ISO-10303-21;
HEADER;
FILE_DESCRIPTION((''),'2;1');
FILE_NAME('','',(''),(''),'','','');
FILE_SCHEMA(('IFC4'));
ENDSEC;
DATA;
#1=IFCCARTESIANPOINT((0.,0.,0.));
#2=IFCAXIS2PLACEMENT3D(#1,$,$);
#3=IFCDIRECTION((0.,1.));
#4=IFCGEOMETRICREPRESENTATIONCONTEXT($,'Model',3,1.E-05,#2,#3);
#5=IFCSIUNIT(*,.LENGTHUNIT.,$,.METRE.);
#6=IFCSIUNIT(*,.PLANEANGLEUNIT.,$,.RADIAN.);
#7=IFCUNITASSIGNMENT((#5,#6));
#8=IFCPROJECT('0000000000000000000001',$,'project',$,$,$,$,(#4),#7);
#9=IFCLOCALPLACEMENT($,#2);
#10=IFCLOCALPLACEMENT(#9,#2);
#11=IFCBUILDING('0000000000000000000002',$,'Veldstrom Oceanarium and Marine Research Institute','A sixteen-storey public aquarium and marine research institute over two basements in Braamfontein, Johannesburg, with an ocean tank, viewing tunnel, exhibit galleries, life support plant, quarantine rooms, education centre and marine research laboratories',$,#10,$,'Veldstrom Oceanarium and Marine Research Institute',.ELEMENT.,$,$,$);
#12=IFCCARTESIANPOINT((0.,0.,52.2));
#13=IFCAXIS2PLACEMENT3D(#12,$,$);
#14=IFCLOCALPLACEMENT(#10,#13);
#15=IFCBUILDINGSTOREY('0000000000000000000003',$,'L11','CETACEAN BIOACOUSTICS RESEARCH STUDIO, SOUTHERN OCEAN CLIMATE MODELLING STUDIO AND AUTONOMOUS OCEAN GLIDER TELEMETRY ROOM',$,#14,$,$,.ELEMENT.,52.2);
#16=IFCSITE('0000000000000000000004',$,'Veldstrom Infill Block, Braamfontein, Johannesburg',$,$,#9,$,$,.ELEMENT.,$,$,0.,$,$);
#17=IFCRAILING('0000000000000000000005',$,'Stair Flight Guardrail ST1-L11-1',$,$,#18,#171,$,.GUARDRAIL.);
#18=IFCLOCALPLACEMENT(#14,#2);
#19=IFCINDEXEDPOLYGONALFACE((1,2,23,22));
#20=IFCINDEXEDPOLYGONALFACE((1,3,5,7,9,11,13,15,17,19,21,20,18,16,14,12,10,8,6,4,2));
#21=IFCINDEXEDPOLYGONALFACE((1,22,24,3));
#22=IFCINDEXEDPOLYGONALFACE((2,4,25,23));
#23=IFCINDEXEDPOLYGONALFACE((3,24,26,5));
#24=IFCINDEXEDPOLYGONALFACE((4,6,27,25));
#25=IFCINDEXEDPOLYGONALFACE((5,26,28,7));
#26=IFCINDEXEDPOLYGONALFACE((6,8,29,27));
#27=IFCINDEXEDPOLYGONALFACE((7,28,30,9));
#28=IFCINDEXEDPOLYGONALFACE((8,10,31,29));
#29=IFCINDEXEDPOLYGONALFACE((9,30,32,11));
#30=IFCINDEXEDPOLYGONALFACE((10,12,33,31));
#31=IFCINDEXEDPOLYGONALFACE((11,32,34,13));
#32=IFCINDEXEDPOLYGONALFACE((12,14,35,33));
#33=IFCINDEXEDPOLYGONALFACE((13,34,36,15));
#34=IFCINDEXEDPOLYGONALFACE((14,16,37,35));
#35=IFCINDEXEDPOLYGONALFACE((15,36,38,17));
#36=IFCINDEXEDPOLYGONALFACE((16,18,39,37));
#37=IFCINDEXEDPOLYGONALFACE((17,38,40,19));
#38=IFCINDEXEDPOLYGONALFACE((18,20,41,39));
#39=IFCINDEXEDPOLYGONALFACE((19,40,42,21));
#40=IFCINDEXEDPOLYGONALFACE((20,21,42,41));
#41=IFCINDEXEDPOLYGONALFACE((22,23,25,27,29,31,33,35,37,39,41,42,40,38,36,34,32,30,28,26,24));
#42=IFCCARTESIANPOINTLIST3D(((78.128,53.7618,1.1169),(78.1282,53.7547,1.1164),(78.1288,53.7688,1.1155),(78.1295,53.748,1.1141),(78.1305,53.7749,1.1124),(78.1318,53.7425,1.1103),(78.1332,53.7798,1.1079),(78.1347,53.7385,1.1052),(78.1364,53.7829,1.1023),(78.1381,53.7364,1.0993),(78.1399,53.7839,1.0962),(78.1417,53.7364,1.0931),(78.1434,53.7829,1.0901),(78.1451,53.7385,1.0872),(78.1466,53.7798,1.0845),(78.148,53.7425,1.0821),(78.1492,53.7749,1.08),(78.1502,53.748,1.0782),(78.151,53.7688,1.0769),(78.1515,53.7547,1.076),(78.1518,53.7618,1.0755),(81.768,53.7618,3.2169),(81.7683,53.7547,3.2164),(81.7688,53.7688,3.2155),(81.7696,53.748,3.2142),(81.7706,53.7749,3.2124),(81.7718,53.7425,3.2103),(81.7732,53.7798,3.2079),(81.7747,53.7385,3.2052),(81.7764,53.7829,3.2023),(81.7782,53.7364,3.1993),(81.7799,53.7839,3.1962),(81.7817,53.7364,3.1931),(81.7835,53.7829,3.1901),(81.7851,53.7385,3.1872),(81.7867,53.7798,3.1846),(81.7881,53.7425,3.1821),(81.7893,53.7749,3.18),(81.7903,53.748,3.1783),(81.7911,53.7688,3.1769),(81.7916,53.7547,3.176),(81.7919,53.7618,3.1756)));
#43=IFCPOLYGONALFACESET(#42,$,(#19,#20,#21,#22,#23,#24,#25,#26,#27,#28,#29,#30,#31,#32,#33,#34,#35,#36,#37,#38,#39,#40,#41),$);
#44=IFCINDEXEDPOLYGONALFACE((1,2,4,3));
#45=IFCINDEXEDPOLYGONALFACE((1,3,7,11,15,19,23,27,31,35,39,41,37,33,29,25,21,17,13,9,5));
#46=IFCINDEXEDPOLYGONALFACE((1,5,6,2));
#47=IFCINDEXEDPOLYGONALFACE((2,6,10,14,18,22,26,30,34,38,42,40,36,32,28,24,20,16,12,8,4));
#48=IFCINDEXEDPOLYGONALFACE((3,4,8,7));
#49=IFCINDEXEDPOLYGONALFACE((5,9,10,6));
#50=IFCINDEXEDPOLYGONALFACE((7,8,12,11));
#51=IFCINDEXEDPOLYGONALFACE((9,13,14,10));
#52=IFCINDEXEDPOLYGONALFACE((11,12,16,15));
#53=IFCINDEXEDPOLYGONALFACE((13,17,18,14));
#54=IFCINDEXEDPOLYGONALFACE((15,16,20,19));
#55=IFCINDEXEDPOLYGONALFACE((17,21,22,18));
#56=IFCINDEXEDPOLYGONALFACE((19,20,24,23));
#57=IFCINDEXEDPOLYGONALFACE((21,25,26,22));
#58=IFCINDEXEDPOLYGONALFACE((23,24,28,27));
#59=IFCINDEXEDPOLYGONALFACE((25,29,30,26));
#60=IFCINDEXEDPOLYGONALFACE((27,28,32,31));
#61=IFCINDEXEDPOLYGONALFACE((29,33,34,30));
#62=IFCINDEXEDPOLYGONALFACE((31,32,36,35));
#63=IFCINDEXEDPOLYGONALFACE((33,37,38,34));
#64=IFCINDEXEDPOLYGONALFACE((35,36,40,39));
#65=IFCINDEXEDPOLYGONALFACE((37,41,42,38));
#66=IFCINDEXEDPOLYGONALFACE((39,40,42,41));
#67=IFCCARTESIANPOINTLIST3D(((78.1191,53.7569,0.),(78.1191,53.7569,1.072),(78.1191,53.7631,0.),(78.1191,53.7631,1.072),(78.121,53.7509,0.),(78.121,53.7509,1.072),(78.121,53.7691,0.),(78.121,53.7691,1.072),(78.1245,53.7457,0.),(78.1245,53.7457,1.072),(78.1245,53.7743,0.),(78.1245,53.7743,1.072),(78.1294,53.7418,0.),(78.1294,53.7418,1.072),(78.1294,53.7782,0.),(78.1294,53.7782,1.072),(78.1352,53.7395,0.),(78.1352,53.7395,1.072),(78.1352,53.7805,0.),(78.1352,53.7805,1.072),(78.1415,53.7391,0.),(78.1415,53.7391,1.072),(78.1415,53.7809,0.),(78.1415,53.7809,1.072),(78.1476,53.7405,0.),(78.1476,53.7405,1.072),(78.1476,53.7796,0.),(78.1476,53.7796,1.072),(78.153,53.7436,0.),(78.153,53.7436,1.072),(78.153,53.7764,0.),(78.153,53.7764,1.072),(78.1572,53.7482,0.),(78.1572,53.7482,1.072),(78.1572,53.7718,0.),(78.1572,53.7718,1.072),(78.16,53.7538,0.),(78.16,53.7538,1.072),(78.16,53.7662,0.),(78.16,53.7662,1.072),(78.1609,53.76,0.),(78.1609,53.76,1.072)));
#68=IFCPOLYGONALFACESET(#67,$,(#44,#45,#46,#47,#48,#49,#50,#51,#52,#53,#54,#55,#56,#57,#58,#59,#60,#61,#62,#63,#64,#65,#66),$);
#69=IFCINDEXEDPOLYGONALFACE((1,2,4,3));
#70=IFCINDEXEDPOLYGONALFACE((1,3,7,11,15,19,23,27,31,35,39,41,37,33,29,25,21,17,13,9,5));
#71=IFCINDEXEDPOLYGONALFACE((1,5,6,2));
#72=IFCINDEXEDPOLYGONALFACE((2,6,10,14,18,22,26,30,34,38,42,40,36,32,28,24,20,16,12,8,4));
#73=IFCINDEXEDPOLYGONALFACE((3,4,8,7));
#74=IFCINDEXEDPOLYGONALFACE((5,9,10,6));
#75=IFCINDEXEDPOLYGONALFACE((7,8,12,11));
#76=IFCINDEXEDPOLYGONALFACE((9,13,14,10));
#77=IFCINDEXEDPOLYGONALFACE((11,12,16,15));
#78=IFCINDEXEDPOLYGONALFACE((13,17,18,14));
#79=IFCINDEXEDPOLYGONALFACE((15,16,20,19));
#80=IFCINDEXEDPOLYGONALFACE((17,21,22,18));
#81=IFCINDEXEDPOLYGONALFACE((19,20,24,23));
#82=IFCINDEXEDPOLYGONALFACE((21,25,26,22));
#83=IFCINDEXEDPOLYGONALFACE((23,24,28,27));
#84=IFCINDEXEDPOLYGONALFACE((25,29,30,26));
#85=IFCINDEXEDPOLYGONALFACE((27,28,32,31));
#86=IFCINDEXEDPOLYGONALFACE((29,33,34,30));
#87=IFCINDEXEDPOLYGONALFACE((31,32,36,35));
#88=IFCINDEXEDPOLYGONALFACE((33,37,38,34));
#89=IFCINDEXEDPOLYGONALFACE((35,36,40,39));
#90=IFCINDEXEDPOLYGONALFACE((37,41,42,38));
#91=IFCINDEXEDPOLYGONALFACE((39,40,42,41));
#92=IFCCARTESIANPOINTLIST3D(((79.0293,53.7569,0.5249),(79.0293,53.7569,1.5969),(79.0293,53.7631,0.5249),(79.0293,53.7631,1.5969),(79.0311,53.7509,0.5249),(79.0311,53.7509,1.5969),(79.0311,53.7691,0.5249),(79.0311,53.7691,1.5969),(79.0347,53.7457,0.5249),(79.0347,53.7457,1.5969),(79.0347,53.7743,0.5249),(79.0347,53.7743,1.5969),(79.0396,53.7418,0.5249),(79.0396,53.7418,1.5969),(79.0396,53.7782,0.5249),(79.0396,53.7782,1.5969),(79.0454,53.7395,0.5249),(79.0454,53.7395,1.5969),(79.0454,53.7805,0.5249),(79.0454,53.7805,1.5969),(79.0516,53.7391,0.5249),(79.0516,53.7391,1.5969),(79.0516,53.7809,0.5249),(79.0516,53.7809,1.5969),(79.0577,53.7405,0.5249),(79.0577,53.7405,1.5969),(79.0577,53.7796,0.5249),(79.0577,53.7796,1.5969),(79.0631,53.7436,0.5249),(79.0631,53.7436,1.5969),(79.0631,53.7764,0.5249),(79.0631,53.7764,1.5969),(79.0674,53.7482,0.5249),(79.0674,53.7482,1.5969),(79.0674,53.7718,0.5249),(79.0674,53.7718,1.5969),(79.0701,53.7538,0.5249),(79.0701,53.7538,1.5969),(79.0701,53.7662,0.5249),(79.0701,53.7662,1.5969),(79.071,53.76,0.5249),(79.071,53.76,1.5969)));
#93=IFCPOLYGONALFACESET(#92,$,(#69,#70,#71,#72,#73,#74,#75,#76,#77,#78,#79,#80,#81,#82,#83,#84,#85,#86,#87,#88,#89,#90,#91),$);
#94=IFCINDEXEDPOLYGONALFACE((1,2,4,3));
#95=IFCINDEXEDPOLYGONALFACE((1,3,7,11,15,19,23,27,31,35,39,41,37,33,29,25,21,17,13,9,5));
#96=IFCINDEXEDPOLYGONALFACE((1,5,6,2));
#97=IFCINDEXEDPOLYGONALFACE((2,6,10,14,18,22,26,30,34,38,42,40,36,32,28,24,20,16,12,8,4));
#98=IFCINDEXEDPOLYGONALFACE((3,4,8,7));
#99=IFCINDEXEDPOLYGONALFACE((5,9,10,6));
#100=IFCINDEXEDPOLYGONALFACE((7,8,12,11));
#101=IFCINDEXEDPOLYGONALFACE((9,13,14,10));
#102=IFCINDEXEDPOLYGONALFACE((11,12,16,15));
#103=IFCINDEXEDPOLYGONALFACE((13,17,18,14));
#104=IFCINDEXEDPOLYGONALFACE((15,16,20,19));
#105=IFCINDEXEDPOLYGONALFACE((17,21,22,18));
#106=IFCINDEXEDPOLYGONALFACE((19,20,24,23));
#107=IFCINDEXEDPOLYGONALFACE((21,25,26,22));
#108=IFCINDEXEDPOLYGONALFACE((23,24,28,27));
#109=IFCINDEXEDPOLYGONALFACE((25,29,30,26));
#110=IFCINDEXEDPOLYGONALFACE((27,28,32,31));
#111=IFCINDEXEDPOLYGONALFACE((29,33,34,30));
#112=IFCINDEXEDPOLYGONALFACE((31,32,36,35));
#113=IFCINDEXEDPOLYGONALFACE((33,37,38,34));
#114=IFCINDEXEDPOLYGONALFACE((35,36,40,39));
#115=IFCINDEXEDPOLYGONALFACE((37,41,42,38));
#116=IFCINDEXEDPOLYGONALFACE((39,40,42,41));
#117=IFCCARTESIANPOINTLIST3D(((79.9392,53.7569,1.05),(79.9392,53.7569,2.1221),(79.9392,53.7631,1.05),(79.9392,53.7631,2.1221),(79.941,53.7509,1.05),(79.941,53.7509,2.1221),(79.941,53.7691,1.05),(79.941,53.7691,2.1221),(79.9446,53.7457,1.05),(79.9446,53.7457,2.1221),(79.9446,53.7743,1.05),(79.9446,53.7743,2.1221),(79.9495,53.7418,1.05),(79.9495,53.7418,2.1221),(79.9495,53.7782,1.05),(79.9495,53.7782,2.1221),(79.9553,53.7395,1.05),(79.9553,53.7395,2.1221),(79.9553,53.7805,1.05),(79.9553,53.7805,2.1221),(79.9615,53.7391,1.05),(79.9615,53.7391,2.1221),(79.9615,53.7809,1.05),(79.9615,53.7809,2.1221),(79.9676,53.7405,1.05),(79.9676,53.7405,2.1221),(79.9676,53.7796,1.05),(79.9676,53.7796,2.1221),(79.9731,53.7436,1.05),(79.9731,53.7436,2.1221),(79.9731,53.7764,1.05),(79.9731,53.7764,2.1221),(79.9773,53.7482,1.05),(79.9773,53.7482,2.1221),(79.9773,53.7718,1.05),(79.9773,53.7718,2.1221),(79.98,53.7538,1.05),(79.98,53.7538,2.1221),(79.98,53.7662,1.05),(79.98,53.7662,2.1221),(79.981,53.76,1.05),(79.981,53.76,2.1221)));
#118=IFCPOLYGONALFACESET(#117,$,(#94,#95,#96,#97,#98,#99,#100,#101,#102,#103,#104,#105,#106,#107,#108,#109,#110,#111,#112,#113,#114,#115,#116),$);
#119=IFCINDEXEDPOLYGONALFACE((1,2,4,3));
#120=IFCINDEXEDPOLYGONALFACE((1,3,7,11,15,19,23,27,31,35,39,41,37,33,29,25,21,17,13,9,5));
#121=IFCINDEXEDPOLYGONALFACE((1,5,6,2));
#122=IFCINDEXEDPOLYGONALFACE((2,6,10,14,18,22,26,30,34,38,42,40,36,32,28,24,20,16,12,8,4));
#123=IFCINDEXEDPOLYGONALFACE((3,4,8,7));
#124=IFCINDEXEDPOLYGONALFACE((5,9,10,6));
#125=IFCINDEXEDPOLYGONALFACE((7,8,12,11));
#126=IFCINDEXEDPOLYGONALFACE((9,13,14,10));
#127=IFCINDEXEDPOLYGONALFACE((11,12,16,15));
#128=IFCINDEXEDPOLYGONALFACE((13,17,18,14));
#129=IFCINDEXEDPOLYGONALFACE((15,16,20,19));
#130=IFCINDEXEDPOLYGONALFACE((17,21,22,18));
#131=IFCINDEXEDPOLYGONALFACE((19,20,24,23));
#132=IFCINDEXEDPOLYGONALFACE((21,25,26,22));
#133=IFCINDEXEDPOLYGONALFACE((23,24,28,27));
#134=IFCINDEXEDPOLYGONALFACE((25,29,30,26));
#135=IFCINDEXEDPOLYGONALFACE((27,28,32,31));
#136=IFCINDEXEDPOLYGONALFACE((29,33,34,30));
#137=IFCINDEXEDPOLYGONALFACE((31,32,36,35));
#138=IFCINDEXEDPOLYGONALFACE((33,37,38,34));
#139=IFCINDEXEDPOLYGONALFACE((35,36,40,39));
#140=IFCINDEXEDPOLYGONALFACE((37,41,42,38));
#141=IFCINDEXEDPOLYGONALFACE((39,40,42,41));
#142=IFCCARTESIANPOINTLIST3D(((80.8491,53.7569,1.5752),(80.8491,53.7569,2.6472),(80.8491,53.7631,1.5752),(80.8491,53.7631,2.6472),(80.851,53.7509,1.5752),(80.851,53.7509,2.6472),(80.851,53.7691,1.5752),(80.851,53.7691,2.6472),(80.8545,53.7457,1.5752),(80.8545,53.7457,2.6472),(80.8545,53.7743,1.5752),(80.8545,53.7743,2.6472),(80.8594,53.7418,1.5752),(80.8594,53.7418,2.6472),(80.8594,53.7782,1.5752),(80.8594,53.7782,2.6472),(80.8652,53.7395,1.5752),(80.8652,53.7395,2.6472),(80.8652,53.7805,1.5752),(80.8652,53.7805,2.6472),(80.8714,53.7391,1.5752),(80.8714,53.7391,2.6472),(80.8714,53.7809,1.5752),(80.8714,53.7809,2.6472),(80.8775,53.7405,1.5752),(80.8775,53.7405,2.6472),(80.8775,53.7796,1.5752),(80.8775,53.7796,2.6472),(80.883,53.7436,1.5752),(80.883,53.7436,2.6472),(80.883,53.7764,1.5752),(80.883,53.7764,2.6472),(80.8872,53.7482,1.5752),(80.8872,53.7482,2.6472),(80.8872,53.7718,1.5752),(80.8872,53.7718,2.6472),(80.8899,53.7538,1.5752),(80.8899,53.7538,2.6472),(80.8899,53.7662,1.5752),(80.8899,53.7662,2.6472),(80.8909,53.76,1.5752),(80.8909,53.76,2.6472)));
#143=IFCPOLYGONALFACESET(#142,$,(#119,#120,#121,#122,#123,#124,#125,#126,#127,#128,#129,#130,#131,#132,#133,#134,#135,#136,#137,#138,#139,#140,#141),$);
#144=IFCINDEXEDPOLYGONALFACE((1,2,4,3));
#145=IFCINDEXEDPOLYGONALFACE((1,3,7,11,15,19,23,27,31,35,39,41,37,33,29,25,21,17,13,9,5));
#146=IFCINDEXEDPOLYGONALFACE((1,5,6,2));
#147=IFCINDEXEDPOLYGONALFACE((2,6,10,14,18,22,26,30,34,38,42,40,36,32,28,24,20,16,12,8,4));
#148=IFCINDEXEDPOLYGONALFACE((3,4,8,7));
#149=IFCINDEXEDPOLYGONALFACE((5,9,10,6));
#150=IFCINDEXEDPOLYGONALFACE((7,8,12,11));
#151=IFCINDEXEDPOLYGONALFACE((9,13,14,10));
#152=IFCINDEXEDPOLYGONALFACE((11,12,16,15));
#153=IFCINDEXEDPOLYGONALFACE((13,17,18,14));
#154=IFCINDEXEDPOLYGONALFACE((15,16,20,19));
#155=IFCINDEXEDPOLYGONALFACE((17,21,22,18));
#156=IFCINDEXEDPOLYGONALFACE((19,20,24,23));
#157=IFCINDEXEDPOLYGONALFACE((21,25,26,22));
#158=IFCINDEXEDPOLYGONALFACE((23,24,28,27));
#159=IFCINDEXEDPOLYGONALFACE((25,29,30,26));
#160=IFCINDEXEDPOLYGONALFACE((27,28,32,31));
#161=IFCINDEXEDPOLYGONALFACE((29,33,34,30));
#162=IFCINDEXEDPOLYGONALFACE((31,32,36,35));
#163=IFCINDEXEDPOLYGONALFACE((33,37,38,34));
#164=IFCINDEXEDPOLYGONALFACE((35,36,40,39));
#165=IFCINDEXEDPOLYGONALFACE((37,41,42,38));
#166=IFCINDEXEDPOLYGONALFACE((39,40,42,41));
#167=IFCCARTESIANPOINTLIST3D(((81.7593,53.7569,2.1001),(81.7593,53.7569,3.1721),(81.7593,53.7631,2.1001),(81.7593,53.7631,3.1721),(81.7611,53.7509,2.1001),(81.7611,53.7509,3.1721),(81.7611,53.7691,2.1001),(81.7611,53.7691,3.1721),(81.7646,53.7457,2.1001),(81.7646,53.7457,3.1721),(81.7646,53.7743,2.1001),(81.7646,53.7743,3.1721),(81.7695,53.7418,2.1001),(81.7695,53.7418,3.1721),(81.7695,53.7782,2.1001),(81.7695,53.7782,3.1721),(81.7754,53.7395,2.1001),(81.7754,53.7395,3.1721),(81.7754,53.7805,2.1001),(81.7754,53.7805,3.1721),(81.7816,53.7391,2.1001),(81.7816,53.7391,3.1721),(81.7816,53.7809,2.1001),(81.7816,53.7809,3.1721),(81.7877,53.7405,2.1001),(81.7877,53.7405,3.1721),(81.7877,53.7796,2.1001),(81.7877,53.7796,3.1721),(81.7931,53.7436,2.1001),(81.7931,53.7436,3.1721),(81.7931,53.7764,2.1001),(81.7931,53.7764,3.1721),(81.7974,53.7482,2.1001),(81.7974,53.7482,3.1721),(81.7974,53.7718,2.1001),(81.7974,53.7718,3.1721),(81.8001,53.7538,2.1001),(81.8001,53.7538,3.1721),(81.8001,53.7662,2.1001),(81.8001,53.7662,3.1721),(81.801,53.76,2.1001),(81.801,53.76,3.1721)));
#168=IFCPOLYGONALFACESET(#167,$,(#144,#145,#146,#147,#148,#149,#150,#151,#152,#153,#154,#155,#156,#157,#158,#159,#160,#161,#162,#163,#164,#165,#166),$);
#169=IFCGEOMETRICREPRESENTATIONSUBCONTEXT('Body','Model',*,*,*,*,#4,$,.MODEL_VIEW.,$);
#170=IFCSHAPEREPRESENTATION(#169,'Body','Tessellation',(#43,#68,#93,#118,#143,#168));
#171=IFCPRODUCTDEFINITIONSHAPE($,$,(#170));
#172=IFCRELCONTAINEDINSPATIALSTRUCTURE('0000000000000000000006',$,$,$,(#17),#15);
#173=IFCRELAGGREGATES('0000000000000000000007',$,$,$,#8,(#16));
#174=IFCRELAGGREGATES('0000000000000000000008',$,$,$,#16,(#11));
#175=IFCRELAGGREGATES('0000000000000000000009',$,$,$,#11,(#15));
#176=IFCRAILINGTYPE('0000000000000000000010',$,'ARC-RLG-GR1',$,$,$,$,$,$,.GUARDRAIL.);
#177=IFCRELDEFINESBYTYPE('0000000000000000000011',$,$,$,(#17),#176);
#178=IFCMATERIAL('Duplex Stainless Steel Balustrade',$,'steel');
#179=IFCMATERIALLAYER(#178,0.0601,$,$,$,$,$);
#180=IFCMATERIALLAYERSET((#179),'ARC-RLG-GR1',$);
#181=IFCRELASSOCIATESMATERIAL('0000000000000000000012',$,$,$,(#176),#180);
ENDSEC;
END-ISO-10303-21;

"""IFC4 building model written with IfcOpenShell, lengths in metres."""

from ifc_helpers import new_model, si_unit, direction, frame, origin, origin_2d, place, context, subcontext, project, spatial, circle, extrude, material, layer, layer_set, type_object, element, save


model = new_model("IFC4")

# Units and contexts
model_context = context("Model", 3, precision=1e-05, world=origin(), true_north=direction((0.0, 1.0)))
body_context = subcontext(model_context, "Body", "Model", "MODEL_VIEW")
ifc_project = project(units=[si_unit("LENGTHUNIT", "METRE"), si_unit("PLANEANGLEUNIT", "RADIAN")], contexts=[model_context])

# Site, building, storey
site_placement = place(None, origin())
site = spatial("IfcSite", under=ifc_project, at=site_placement, Name="Veldstrom Infill Block, Braamfontein, Johannesburg", CompositionType="ELEMENT", RefElevation=0.0)
building_placement = place(site_placement, origin())
building = spatial("IfcBuilding", under=site, at=building_placement, Name="Veldstrom Oceanarium and Marine Research Institute", Description="A sixteen-storey public aquarium and marine research institute over two basements in Braamfontein, Johannesburg, with an ocean tank, viewing tunnel, exhibit galleries, life support plant, quarantine rooms, education centre and marine research laboratories", LongName="Veldstrom Oceanarium and Marine Research Institute", CompositionType="ELEMENT")
storey_placement = place(building_placement, frame((0.0, 0.0, 52.2)))
storey = spatial("IfcBuildingStorey", under=building, at=storey_placement, Name="L11", Description="CETACEAN BIOACOUSTICS RESEARCH STUDIO, SOUTHERN OCEAN CLIMATE MODELLING STUDIO AND AUTONOMOUS OCEAN GLIDER TELEMETRY ROOM", CompositionType="ELEMENT", Elevation=52.2)

# Railing
ifc_material_1 = material(Name="Duplex Stainless Steel Balustrade", Category="steel")
ifc_layer_1 = layer(ifc_material_1, 0.0601)
ifc_layer_set_1 = layer_set([ifc_layer_1], Name="ARC-RLG-GR1")
railing_type_1 = type_object("IfcRailingType", Name="ARC-RLG-GR1", PredefinedType="GUARDRAIL", material=ifc_layer_set_1)
railing_1_placement = place(storey_placement, frame((78.1399, 53.76, 0.0)))
element("IfcRailing", 1, at=railing_1_placement, inside=storey, type_object=railing_type_1, Name="Stair Flight Guardrail ST1-L11-1", PredefinedType="GUARDRAIL", context=body_context, shape_type="SweptSolid", body=[
    extrude(circle(Radius=0.0239, at=origin_2d()), frame((0.0, 0.0, 1.0962), z_axis=(0.866184, 0.0, 0.499726), x_axis=(0.0, 1.0, 0.0)), (0.0, 0.0, 1.0), 4.2024),
    extrude(circle(Radius=0.021, at=origin_2d()), origin(), (0.0, 0.0, 1.0), 1.072),
    extrude(circle(Radius=0.021, at=origin_2d()), frame((0.9102, 0.0, 0.5249)), (0.0, 0.0, 1.0), 1.072),
    extrude(circle(Radius=0.021, at=origin_2d()), frame((1.8201, 0.0, 1.05)), (0.0, 0.0, 1.0), 1.072),
    extrude(circle(Radius=0.021, at=origin_2d()), frame((2.73, 0.0, 1.5752)), (0.0, 0.0, 1.0), 1.072),
    extrude(circle(Radius=0.021, at=origin_2d()), frame((3.6401, 0.0, 2.1001)), (0.0, 0.0, 1.0), 1.072),
])

save(model, "model.ifc")
